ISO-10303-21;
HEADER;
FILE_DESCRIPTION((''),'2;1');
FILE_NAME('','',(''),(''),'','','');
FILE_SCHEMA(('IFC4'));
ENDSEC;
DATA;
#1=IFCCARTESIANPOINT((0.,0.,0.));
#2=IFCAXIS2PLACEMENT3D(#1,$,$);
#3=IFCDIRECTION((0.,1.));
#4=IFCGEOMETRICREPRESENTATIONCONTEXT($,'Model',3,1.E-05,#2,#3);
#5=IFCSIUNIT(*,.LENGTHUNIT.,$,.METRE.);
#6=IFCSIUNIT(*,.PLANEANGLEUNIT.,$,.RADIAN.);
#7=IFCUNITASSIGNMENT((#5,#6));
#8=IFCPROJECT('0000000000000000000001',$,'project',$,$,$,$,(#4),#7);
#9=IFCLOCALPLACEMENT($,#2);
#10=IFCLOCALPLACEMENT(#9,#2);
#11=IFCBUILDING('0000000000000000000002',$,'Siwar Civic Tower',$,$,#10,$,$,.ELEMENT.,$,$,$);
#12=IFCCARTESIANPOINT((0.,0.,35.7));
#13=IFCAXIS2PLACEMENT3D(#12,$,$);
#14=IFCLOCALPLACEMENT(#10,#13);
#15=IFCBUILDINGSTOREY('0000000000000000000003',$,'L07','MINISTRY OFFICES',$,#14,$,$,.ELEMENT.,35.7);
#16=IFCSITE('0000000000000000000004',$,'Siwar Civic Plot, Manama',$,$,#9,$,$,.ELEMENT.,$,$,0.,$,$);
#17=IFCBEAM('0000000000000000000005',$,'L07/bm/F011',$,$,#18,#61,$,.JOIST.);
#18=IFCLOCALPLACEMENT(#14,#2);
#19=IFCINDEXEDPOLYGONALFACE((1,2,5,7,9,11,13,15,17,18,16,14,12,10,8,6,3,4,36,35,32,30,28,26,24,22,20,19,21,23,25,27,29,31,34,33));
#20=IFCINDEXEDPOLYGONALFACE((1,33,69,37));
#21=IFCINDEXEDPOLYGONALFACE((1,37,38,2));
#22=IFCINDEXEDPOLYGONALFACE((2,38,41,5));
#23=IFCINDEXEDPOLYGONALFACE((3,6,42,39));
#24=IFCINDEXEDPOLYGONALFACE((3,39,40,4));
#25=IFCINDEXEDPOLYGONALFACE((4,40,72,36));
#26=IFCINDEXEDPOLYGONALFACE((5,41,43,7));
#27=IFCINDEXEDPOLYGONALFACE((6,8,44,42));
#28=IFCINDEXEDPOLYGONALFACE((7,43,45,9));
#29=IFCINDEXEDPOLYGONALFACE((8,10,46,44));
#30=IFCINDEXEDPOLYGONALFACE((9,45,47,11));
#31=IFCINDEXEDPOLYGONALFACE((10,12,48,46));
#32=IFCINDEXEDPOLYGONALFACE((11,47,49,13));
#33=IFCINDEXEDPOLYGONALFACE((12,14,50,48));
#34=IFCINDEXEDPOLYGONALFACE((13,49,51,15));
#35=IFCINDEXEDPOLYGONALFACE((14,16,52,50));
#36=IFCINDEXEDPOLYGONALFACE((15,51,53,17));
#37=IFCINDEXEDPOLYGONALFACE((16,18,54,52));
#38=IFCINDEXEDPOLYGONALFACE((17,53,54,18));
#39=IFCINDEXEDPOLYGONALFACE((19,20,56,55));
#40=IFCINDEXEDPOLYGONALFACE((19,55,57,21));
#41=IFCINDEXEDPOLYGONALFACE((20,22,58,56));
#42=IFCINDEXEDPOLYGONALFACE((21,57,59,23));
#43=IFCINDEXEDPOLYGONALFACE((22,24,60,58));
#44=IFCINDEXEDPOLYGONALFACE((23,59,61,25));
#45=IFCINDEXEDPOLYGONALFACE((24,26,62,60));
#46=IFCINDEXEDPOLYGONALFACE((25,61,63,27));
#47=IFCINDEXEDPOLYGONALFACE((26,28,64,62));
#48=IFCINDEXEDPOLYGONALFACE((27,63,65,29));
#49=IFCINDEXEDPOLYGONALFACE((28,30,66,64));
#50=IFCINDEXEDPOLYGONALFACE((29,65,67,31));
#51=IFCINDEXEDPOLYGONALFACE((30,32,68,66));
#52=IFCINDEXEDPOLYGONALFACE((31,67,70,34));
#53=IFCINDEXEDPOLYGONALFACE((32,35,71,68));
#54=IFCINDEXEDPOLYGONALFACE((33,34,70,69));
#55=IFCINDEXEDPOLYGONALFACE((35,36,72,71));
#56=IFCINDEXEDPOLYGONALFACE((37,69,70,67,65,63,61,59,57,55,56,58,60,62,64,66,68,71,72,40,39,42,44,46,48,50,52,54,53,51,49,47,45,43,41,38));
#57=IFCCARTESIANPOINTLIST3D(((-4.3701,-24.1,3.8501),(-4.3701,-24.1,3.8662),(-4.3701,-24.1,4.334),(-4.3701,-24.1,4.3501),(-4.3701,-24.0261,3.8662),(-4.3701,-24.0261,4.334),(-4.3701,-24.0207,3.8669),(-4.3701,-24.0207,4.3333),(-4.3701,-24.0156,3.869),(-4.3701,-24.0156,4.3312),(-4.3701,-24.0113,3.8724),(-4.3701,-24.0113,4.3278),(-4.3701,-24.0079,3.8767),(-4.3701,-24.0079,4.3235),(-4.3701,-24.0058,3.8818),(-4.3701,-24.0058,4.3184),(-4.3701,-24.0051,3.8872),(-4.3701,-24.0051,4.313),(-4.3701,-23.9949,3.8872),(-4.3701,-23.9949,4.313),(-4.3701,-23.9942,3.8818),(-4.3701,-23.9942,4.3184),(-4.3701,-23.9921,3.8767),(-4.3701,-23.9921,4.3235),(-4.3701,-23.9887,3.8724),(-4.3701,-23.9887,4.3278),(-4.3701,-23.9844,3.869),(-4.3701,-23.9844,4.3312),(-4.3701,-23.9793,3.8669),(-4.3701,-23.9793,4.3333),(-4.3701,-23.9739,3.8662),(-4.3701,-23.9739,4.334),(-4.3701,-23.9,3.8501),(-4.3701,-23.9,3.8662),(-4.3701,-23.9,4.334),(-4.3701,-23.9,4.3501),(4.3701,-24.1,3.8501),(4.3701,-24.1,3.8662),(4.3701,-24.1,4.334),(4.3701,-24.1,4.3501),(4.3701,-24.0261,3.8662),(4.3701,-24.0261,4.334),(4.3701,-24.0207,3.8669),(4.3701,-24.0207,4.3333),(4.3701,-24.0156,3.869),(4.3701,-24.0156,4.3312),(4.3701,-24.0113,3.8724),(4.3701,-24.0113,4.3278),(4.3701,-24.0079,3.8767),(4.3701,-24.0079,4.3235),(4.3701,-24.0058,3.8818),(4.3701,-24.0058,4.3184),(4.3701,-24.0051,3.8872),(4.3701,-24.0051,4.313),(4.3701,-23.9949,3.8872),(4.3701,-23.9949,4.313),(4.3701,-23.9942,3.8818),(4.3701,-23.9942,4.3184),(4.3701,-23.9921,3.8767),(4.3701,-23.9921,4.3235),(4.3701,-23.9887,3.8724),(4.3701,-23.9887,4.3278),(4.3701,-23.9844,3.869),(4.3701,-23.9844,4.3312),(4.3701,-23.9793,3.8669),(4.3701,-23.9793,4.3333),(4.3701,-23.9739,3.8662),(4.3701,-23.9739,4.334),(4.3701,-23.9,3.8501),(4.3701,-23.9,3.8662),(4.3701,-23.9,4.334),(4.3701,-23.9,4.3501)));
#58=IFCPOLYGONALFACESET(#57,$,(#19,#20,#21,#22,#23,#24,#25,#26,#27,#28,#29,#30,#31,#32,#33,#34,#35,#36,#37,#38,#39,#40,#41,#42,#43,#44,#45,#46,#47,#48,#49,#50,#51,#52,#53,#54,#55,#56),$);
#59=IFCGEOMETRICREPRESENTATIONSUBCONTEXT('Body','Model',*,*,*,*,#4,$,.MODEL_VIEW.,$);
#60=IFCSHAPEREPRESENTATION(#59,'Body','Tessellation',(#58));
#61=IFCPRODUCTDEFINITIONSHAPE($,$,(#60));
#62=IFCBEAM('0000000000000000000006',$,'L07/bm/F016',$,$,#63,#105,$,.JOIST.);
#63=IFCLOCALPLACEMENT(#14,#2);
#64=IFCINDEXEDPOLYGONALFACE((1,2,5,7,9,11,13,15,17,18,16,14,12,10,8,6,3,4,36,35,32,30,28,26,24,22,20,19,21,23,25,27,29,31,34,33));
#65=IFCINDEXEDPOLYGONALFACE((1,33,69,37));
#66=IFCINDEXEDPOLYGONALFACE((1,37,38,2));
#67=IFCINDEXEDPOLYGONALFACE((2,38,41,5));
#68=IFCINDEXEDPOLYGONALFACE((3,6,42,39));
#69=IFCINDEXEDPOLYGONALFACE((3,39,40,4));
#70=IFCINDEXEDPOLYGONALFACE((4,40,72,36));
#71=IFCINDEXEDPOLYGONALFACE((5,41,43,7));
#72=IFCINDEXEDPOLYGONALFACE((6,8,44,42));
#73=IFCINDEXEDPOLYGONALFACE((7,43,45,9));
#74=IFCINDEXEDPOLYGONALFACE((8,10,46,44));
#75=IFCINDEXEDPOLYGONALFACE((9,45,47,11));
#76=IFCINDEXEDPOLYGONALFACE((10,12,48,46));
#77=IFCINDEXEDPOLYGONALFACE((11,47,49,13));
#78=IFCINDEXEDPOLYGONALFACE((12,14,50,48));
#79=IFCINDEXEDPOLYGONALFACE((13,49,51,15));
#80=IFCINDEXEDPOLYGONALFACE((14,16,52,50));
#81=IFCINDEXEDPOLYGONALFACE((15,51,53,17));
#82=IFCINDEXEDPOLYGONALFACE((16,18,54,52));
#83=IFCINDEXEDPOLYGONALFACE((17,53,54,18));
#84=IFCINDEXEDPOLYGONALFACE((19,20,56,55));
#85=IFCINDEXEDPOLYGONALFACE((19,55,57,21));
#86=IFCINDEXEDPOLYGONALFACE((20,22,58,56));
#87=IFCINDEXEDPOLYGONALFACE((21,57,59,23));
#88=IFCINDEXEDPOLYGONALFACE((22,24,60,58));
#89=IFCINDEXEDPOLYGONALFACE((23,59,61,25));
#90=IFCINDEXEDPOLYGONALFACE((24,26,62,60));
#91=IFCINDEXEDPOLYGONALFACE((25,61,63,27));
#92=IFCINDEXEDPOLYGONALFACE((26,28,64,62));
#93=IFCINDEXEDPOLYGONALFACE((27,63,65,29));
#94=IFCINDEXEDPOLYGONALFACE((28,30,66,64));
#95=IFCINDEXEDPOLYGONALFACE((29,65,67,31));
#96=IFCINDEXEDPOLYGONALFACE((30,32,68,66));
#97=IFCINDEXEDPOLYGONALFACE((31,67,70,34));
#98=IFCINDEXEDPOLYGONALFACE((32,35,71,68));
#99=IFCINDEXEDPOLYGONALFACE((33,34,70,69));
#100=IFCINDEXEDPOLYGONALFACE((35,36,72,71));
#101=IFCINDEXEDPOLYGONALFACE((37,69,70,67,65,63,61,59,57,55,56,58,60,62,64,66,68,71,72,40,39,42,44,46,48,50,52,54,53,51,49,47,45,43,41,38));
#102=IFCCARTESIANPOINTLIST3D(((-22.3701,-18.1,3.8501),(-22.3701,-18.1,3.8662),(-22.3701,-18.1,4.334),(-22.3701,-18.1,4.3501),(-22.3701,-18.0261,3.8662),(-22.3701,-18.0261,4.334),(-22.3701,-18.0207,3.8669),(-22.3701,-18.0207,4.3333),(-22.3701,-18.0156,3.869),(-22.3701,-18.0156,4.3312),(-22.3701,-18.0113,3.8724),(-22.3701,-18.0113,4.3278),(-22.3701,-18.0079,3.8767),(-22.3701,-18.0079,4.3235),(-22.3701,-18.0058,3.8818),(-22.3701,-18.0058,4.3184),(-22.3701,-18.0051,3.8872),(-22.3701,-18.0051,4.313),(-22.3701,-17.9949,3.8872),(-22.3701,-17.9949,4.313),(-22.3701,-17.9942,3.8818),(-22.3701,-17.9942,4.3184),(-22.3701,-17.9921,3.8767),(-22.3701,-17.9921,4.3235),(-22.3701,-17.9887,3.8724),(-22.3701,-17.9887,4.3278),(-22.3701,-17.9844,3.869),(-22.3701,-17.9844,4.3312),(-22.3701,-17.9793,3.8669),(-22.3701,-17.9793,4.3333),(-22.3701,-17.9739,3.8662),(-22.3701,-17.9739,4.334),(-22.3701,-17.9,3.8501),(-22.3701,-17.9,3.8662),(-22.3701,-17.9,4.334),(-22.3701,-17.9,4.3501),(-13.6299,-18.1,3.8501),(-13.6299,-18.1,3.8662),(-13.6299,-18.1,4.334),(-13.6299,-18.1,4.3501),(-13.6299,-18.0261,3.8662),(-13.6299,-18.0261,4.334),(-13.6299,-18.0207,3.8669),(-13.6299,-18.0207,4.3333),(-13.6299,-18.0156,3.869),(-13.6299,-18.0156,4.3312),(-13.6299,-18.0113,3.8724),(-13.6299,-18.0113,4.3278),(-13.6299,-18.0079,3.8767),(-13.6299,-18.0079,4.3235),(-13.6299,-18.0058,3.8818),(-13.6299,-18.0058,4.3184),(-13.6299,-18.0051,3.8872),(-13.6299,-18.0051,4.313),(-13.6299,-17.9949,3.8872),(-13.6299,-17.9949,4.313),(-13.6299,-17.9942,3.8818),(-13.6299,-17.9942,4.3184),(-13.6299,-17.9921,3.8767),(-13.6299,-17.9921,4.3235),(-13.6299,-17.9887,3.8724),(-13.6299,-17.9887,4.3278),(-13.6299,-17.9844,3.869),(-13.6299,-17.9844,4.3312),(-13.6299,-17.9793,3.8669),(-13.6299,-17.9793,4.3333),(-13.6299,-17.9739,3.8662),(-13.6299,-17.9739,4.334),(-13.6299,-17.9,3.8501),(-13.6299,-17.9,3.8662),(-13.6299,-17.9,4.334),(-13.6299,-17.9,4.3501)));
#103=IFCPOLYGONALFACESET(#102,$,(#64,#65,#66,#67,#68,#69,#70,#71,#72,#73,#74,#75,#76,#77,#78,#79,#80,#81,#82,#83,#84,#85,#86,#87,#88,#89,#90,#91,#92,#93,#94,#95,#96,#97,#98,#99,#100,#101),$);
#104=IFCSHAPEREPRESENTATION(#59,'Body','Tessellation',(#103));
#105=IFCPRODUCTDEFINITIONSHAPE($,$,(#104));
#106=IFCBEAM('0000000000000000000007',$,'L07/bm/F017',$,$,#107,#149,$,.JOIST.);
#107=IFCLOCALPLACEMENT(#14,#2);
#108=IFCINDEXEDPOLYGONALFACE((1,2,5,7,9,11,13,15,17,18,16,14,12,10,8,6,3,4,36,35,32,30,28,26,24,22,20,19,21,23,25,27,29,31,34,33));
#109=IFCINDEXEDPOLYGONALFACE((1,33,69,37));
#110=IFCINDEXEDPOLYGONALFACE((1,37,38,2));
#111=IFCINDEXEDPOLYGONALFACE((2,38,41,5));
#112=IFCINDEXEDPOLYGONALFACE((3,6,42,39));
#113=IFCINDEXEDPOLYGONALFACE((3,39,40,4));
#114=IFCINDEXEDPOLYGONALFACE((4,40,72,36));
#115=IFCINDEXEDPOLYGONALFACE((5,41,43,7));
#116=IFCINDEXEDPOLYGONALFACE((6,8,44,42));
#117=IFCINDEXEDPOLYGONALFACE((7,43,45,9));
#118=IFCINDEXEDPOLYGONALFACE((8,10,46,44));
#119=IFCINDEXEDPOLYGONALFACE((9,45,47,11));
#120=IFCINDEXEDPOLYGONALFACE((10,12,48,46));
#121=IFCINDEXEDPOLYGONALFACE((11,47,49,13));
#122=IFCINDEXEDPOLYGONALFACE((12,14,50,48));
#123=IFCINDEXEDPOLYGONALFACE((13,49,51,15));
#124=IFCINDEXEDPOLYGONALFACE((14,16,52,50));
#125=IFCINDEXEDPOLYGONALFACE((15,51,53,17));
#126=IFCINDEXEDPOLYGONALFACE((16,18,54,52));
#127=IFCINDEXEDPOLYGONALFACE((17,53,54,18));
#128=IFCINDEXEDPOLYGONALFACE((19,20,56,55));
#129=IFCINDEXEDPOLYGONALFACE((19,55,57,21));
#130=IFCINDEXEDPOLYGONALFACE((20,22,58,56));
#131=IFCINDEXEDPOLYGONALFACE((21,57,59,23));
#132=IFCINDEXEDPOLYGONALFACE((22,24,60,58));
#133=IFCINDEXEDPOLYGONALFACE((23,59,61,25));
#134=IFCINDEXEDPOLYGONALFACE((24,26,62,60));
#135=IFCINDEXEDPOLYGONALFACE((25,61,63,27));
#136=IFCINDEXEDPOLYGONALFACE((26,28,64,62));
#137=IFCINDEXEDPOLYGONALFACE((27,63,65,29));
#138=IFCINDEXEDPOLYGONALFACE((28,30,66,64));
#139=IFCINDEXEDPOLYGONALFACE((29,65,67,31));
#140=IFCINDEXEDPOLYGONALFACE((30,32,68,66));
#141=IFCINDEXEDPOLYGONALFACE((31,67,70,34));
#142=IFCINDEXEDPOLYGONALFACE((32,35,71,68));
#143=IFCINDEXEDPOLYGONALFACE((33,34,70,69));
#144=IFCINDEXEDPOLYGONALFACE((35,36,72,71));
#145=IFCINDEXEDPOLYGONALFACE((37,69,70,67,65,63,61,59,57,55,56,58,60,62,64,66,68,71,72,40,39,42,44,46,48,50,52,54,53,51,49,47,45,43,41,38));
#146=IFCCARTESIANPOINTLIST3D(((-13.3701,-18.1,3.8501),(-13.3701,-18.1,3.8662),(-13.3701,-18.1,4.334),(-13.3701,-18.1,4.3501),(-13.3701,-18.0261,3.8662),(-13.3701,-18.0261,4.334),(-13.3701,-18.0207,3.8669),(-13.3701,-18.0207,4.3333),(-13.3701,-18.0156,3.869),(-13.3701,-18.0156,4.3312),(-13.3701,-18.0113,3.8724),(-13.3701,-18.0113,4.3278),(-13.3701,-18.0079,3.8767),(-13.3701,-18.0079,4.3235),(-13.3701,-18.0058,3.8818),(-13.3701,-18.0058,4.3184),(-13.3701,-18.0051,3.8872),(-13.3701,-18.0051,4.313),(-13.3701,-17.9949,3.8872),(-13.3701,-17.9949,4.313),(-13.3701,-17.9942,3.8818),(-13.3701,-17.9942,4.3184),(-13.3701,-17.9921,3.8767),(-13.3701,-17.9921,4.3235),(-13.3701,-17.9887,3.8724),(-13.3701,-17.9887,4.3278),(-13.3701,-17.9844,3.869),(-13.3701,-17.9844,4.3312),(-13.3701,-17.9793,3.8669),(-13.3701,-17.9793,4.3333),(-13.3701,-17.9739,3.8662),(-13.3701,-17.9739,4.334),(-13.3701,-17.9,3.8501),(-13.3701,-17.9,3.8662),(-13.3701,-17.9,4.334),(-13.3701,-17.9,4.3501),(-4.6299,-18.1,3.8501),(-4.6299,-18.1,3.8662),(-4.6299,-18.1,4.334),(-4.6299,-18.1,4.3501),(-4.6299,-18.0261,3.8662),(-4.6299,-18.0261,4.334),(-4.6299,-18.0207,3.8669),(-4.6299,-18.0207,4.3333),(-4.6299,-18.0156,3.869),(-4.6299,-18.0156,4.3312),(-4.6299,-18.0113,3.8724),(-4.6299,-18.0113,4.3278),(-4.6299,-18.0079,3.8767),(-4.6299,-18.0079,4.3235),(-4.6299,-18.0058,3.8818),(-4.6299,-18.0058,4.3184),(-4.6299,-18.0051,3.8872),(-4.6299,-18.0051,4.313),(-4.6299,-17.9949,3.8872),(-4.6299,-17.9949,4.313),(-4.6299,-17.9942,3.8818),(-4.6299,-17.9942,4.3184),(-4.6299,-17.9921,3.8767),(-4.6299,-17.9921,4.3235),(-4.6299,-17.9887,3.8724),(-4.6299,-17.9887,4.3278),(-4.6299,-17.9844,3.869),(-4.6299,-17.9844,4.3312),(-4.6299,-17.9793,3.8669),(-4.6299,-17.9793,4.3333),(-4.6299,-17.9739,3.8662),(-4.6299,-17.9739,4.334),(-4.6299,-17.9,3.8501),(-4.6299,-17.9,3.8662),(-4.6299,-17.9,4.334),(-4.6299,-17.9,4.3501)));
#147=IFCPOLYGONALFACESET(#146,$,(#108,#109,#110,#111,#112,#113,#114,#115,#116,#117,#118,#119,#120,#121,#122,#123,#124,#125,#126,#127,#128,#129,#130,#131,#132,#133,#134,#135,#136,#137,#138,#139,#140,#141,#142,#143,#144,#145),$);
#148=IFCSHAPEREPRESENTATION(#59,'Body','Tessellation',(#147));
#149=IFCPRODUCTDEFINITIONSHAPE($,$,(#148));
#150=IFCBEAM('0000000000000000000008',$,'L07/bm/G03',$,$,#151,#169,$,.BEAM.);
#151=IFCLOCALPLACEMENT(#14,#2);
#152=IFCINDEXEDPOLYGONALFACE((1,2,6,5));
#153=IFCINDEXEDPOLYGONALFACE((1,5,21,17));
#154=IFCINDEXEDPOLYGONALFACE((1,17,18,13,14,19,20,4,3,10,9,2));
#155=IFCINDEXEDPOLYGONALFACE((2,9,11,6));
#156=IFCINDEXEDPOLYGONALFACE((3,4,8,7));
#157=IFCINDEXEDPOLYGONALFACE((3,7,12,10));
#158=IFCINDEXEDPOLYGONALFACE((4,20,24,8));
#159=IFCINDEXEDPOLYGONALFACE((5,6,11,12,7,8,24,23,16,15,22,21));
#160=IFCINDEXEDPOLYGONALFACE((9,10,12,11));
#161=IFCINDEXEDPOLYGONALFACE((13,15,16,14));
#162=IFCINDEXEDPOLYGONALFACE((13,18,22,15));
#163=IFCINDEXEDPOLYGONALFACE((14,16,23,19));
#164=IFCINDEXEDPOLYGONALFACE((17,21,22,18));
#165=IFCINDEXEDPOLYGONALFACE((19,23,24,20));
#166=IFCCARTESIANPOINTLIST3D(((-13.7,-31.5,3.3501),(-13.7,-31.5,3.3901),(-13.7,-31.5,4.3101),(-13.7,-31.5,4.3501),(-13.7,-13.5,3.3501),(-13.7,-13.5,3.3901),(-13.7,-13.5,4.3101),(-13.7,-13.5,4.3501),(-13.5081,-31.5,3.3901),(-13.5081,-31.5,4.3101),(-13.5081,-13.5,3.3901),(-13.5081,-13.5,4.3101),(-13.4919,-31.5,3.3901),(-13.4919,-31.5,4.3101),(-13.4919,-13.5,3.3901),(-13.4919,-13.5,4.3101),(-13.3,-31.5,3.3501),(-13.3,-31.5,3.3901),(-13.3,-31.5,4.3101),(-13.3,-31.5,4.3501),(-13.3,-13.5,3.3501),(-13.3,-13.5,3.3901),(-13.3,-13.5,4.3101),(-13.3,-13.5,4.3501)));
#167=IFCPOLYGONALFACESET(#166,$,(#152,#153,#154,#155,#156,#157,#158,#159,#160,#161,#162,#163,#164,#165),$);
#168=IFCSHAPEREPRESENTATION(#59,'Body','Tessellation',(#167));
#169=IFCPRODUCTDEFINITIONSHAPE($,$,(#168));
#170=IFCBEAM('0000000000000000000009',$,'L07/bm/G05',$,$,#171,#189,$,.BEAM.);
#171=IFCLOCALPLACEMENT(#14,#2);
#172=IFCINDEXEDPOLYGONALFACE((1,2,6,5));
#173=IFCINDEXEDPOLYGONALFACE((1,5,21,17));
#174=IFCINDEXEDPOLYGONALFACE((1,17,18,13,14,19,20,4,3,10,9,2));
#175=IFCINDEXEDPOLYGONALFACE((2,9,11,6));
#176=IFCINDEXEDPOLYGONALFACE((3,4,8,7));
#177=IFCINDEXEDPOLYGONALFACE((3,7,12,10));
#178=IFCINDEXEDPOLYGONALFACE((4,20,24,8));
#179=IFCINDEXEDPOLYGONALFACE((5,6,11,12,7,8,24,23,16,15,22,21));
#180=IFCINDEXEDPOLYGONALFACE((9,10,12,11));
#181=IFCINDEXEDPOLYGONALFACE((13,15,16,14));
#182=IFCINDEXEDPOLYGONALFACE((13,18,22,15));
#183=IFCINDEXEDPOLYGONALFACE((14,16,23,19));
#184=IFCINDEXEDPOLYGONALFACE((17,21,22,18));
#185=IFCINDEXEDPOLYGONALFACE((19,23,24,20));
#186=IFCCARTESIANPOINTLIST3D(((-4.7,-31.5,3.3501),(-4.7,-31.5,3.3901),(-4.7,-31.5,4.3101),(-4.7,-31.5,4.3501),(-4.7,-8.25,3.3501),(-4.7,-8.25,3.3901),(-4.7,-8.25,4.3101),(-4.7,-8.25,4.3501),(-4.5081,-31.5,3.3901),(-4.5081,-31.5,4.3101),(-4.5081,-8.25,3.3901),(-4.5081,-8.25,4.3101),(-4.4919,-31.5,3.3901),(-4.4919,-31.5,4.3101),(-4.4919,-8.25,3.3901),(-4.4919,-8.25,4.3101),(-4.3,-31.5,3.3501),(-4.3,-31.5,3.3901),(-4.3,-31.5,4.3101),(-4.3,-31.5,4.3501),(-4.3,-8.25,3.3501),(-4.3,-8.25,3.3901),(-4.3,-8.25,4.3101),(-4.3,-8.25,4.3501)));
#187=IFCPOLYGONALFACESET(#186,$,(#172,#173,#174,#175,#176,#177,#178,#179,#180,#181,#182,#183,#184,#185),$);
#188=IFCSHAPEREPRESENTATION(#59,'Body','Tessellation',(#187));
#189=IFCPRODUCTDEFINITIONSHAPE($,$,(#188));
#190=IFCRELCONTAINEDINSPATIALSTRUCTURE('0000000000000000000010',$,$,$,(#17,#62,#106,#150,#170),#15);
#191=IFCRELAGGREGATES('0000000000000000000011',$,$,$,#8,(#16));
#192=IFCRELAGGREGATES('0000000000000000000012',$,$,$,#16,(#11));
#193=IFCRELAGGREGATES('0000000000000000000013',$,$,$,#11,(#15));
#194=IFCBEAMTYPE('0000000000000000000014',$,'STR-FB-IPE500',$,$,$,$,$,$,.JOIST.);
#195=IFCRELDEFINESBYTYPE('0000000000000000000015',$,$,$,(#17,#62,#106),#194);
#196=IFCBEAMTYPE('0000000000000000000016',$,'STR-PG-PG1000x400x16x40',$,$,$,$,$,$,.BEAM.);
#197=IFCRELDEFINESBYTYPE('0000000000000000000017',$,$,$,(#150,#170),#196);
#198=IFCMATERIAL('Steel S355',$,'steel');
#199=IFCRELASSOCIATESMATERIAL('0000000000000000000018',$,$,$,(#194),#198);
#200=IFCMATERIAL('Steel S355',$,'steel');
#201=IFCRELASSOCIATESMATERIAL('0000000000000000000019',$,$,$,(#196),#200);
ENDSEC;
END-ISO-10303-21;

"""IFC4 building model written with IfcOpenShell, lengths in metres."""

from ifc_helpers import new_model, si_unit, direction, frame, origin, origin_2d, place, context, subcontext, project, spatial, i_section, extrude, material, material_profile, profile_set, type_object, element, save


model = new_model("IFC4")

# Units and contexts
model_context = context("Model", 3, precision=1e-05, world=origin(), true_north=direction((0.0, 1.0)))
body_context = subcontext(model_context, "Body", "Model", "MODEL_VIEW")
ifc_project = project(units=[si_unit("LENGTHUNIT", "METRE"), si_unit("PLANEANGLEUNIT", "RADIAN")], contexts=[model_context])

# Site, building, storey
site_placement = place(None, origin())
site = spatial("IfcSite", under=ifc_project, at=site_placement, Name="Siwar Civic Plot, Manama", CompositionType="ELEMENT", RefElevation=0.0)
building_placement = place(site_placement, origin())
building = spatial("IfcBuilding", under=site, at=building_placement, Name="Siwar Civic Tower", CompositionType="ELEMENT")
storey_placement = place(building_placement, frame((0.0, 0.0, 35.7)))
storey = spatial("IfcBuildingStorey", under=building, at=storey_placement, Name="L07", Description="MINISTRY OFFICES", CompositionType="ELEMENT", Elevation=35.7)

# Beams
ifc_material_1 = material(Name="Steel S355", Category="steel")
ifc_material_profile_1 = material_profile(ifc_material_1, i_section(OverallWidth=0.2, OverallDepth=0.5, WebThickness=0.0103, FlangeThickness=0.0161, FilletRadius=0.021, at=origin_2d()), Name="IPE500")
ifc_profile_set_1 = profile_set([ifc_material_profile_1], Name="Steel S355")
beam_type_1 = type_object("IfcBeamType", Name="STR-FB-IPE500", PredefinedType="JOIST", material=ifc_profile_set_1)
for number, where, z_axis, x_axis, name in (
    (1, (-4.3701, -24.0, 4.1001), (1.0, 0.0, 0.0), (0.0, 1.0, 0.0), "L07/bm/F011"),
    (2, (-22.3701, -18.0, 4.1001), (1.0, 0.0, 0.0), (0.0, 1.0, 0.0), "L07/bm/F016"),
    (3, (-13.3701, -18.0, 4.1001), (1.0, 0.0, 0.0), (0.0, 1.0, 0.0), "L07/bm/F017"),
):
    element("IfcBeam", number, at=place(storey_placement, frame(where, z_axis=z_axis, x_axis=x_axis)), inside=storey, type_object=beam_type_1, Name=name, PredefinedType="JOIST", context=body_context, shape_type="SweptSolid", body=[
        extrude(i_section(OverallWidth=0.2, OverallDepth=0.5, WebThickness=0.0103, FlangeThickness=0.0161, FilletRadius=0.021, at=origin_2d()), origin(), (0.0, 0.0, 1.0), 8.7402),
    ])
ifc_material_2 = material(Name="Steel S355", Category="steel")
ifc_material_profile_2 = material_profile(ifc_material_2, i_section(OverallWidth=0.3999, OverallDepth=1.0, WebThickness=0.0161, FlangeThickness=0.04, at=origin_2d()), Name="PG1000x400x16x40")
ifc_profile_set_2 = profile_set([ifc_material_profile_2], Name="Steel S355")
beam_type_2 = type_object("IfcBeamType", Name="STR-PG-PG1000x400x16x40", PredefinedType="BEAM", material=ifc_profile_set_2)
beam_1_placement = place(storey_placement, frame((-13.5, -31.5, 3.8501), z_axis=(0.0, 1.0, 0.0), x_axis=(-1.0, 0.0, 0.0)))
element("IfcBeam", 4, at=beam_1_placement, inside=storey, type_object=beam_type_2, Name="L07/bm/G03", PredefinedType="BEAM", context=body_context, shape_type="SweptSolid", body=[
    extrude(i_section(OverallWidth=0.3999, OverallDepth=1.0, WebThickness=0.0161, FlangeThickness=0.04, at=origin_2d()), origin(), (0.0, 0.0, 1.0), 18.0),
])
beam_2_placement = place(storey_placement, frame((-4.5, -31.5, 3.8501), z_axis=(0.0, 1.0, 0.0), x_axis=(-1.0, 0.0, 0.0)))
element("IfcBeam", 5, at=beam_2_placement, inside=storey, type_object=beam_type_2, Name="L07/bm/G05", PredefinedType="BEAM", context=body_context, shape_type="SweptSolid", body=[
    extrude(i_section(OverallWidth=0.3999, OverallDepth=1.0, WebThickness=0.0161, FlangeThickness=0.04, at=origin_2d()), origin(), (0.0, 0.0, 1.0), 23.25),
])

save(model, "model.ifc")
